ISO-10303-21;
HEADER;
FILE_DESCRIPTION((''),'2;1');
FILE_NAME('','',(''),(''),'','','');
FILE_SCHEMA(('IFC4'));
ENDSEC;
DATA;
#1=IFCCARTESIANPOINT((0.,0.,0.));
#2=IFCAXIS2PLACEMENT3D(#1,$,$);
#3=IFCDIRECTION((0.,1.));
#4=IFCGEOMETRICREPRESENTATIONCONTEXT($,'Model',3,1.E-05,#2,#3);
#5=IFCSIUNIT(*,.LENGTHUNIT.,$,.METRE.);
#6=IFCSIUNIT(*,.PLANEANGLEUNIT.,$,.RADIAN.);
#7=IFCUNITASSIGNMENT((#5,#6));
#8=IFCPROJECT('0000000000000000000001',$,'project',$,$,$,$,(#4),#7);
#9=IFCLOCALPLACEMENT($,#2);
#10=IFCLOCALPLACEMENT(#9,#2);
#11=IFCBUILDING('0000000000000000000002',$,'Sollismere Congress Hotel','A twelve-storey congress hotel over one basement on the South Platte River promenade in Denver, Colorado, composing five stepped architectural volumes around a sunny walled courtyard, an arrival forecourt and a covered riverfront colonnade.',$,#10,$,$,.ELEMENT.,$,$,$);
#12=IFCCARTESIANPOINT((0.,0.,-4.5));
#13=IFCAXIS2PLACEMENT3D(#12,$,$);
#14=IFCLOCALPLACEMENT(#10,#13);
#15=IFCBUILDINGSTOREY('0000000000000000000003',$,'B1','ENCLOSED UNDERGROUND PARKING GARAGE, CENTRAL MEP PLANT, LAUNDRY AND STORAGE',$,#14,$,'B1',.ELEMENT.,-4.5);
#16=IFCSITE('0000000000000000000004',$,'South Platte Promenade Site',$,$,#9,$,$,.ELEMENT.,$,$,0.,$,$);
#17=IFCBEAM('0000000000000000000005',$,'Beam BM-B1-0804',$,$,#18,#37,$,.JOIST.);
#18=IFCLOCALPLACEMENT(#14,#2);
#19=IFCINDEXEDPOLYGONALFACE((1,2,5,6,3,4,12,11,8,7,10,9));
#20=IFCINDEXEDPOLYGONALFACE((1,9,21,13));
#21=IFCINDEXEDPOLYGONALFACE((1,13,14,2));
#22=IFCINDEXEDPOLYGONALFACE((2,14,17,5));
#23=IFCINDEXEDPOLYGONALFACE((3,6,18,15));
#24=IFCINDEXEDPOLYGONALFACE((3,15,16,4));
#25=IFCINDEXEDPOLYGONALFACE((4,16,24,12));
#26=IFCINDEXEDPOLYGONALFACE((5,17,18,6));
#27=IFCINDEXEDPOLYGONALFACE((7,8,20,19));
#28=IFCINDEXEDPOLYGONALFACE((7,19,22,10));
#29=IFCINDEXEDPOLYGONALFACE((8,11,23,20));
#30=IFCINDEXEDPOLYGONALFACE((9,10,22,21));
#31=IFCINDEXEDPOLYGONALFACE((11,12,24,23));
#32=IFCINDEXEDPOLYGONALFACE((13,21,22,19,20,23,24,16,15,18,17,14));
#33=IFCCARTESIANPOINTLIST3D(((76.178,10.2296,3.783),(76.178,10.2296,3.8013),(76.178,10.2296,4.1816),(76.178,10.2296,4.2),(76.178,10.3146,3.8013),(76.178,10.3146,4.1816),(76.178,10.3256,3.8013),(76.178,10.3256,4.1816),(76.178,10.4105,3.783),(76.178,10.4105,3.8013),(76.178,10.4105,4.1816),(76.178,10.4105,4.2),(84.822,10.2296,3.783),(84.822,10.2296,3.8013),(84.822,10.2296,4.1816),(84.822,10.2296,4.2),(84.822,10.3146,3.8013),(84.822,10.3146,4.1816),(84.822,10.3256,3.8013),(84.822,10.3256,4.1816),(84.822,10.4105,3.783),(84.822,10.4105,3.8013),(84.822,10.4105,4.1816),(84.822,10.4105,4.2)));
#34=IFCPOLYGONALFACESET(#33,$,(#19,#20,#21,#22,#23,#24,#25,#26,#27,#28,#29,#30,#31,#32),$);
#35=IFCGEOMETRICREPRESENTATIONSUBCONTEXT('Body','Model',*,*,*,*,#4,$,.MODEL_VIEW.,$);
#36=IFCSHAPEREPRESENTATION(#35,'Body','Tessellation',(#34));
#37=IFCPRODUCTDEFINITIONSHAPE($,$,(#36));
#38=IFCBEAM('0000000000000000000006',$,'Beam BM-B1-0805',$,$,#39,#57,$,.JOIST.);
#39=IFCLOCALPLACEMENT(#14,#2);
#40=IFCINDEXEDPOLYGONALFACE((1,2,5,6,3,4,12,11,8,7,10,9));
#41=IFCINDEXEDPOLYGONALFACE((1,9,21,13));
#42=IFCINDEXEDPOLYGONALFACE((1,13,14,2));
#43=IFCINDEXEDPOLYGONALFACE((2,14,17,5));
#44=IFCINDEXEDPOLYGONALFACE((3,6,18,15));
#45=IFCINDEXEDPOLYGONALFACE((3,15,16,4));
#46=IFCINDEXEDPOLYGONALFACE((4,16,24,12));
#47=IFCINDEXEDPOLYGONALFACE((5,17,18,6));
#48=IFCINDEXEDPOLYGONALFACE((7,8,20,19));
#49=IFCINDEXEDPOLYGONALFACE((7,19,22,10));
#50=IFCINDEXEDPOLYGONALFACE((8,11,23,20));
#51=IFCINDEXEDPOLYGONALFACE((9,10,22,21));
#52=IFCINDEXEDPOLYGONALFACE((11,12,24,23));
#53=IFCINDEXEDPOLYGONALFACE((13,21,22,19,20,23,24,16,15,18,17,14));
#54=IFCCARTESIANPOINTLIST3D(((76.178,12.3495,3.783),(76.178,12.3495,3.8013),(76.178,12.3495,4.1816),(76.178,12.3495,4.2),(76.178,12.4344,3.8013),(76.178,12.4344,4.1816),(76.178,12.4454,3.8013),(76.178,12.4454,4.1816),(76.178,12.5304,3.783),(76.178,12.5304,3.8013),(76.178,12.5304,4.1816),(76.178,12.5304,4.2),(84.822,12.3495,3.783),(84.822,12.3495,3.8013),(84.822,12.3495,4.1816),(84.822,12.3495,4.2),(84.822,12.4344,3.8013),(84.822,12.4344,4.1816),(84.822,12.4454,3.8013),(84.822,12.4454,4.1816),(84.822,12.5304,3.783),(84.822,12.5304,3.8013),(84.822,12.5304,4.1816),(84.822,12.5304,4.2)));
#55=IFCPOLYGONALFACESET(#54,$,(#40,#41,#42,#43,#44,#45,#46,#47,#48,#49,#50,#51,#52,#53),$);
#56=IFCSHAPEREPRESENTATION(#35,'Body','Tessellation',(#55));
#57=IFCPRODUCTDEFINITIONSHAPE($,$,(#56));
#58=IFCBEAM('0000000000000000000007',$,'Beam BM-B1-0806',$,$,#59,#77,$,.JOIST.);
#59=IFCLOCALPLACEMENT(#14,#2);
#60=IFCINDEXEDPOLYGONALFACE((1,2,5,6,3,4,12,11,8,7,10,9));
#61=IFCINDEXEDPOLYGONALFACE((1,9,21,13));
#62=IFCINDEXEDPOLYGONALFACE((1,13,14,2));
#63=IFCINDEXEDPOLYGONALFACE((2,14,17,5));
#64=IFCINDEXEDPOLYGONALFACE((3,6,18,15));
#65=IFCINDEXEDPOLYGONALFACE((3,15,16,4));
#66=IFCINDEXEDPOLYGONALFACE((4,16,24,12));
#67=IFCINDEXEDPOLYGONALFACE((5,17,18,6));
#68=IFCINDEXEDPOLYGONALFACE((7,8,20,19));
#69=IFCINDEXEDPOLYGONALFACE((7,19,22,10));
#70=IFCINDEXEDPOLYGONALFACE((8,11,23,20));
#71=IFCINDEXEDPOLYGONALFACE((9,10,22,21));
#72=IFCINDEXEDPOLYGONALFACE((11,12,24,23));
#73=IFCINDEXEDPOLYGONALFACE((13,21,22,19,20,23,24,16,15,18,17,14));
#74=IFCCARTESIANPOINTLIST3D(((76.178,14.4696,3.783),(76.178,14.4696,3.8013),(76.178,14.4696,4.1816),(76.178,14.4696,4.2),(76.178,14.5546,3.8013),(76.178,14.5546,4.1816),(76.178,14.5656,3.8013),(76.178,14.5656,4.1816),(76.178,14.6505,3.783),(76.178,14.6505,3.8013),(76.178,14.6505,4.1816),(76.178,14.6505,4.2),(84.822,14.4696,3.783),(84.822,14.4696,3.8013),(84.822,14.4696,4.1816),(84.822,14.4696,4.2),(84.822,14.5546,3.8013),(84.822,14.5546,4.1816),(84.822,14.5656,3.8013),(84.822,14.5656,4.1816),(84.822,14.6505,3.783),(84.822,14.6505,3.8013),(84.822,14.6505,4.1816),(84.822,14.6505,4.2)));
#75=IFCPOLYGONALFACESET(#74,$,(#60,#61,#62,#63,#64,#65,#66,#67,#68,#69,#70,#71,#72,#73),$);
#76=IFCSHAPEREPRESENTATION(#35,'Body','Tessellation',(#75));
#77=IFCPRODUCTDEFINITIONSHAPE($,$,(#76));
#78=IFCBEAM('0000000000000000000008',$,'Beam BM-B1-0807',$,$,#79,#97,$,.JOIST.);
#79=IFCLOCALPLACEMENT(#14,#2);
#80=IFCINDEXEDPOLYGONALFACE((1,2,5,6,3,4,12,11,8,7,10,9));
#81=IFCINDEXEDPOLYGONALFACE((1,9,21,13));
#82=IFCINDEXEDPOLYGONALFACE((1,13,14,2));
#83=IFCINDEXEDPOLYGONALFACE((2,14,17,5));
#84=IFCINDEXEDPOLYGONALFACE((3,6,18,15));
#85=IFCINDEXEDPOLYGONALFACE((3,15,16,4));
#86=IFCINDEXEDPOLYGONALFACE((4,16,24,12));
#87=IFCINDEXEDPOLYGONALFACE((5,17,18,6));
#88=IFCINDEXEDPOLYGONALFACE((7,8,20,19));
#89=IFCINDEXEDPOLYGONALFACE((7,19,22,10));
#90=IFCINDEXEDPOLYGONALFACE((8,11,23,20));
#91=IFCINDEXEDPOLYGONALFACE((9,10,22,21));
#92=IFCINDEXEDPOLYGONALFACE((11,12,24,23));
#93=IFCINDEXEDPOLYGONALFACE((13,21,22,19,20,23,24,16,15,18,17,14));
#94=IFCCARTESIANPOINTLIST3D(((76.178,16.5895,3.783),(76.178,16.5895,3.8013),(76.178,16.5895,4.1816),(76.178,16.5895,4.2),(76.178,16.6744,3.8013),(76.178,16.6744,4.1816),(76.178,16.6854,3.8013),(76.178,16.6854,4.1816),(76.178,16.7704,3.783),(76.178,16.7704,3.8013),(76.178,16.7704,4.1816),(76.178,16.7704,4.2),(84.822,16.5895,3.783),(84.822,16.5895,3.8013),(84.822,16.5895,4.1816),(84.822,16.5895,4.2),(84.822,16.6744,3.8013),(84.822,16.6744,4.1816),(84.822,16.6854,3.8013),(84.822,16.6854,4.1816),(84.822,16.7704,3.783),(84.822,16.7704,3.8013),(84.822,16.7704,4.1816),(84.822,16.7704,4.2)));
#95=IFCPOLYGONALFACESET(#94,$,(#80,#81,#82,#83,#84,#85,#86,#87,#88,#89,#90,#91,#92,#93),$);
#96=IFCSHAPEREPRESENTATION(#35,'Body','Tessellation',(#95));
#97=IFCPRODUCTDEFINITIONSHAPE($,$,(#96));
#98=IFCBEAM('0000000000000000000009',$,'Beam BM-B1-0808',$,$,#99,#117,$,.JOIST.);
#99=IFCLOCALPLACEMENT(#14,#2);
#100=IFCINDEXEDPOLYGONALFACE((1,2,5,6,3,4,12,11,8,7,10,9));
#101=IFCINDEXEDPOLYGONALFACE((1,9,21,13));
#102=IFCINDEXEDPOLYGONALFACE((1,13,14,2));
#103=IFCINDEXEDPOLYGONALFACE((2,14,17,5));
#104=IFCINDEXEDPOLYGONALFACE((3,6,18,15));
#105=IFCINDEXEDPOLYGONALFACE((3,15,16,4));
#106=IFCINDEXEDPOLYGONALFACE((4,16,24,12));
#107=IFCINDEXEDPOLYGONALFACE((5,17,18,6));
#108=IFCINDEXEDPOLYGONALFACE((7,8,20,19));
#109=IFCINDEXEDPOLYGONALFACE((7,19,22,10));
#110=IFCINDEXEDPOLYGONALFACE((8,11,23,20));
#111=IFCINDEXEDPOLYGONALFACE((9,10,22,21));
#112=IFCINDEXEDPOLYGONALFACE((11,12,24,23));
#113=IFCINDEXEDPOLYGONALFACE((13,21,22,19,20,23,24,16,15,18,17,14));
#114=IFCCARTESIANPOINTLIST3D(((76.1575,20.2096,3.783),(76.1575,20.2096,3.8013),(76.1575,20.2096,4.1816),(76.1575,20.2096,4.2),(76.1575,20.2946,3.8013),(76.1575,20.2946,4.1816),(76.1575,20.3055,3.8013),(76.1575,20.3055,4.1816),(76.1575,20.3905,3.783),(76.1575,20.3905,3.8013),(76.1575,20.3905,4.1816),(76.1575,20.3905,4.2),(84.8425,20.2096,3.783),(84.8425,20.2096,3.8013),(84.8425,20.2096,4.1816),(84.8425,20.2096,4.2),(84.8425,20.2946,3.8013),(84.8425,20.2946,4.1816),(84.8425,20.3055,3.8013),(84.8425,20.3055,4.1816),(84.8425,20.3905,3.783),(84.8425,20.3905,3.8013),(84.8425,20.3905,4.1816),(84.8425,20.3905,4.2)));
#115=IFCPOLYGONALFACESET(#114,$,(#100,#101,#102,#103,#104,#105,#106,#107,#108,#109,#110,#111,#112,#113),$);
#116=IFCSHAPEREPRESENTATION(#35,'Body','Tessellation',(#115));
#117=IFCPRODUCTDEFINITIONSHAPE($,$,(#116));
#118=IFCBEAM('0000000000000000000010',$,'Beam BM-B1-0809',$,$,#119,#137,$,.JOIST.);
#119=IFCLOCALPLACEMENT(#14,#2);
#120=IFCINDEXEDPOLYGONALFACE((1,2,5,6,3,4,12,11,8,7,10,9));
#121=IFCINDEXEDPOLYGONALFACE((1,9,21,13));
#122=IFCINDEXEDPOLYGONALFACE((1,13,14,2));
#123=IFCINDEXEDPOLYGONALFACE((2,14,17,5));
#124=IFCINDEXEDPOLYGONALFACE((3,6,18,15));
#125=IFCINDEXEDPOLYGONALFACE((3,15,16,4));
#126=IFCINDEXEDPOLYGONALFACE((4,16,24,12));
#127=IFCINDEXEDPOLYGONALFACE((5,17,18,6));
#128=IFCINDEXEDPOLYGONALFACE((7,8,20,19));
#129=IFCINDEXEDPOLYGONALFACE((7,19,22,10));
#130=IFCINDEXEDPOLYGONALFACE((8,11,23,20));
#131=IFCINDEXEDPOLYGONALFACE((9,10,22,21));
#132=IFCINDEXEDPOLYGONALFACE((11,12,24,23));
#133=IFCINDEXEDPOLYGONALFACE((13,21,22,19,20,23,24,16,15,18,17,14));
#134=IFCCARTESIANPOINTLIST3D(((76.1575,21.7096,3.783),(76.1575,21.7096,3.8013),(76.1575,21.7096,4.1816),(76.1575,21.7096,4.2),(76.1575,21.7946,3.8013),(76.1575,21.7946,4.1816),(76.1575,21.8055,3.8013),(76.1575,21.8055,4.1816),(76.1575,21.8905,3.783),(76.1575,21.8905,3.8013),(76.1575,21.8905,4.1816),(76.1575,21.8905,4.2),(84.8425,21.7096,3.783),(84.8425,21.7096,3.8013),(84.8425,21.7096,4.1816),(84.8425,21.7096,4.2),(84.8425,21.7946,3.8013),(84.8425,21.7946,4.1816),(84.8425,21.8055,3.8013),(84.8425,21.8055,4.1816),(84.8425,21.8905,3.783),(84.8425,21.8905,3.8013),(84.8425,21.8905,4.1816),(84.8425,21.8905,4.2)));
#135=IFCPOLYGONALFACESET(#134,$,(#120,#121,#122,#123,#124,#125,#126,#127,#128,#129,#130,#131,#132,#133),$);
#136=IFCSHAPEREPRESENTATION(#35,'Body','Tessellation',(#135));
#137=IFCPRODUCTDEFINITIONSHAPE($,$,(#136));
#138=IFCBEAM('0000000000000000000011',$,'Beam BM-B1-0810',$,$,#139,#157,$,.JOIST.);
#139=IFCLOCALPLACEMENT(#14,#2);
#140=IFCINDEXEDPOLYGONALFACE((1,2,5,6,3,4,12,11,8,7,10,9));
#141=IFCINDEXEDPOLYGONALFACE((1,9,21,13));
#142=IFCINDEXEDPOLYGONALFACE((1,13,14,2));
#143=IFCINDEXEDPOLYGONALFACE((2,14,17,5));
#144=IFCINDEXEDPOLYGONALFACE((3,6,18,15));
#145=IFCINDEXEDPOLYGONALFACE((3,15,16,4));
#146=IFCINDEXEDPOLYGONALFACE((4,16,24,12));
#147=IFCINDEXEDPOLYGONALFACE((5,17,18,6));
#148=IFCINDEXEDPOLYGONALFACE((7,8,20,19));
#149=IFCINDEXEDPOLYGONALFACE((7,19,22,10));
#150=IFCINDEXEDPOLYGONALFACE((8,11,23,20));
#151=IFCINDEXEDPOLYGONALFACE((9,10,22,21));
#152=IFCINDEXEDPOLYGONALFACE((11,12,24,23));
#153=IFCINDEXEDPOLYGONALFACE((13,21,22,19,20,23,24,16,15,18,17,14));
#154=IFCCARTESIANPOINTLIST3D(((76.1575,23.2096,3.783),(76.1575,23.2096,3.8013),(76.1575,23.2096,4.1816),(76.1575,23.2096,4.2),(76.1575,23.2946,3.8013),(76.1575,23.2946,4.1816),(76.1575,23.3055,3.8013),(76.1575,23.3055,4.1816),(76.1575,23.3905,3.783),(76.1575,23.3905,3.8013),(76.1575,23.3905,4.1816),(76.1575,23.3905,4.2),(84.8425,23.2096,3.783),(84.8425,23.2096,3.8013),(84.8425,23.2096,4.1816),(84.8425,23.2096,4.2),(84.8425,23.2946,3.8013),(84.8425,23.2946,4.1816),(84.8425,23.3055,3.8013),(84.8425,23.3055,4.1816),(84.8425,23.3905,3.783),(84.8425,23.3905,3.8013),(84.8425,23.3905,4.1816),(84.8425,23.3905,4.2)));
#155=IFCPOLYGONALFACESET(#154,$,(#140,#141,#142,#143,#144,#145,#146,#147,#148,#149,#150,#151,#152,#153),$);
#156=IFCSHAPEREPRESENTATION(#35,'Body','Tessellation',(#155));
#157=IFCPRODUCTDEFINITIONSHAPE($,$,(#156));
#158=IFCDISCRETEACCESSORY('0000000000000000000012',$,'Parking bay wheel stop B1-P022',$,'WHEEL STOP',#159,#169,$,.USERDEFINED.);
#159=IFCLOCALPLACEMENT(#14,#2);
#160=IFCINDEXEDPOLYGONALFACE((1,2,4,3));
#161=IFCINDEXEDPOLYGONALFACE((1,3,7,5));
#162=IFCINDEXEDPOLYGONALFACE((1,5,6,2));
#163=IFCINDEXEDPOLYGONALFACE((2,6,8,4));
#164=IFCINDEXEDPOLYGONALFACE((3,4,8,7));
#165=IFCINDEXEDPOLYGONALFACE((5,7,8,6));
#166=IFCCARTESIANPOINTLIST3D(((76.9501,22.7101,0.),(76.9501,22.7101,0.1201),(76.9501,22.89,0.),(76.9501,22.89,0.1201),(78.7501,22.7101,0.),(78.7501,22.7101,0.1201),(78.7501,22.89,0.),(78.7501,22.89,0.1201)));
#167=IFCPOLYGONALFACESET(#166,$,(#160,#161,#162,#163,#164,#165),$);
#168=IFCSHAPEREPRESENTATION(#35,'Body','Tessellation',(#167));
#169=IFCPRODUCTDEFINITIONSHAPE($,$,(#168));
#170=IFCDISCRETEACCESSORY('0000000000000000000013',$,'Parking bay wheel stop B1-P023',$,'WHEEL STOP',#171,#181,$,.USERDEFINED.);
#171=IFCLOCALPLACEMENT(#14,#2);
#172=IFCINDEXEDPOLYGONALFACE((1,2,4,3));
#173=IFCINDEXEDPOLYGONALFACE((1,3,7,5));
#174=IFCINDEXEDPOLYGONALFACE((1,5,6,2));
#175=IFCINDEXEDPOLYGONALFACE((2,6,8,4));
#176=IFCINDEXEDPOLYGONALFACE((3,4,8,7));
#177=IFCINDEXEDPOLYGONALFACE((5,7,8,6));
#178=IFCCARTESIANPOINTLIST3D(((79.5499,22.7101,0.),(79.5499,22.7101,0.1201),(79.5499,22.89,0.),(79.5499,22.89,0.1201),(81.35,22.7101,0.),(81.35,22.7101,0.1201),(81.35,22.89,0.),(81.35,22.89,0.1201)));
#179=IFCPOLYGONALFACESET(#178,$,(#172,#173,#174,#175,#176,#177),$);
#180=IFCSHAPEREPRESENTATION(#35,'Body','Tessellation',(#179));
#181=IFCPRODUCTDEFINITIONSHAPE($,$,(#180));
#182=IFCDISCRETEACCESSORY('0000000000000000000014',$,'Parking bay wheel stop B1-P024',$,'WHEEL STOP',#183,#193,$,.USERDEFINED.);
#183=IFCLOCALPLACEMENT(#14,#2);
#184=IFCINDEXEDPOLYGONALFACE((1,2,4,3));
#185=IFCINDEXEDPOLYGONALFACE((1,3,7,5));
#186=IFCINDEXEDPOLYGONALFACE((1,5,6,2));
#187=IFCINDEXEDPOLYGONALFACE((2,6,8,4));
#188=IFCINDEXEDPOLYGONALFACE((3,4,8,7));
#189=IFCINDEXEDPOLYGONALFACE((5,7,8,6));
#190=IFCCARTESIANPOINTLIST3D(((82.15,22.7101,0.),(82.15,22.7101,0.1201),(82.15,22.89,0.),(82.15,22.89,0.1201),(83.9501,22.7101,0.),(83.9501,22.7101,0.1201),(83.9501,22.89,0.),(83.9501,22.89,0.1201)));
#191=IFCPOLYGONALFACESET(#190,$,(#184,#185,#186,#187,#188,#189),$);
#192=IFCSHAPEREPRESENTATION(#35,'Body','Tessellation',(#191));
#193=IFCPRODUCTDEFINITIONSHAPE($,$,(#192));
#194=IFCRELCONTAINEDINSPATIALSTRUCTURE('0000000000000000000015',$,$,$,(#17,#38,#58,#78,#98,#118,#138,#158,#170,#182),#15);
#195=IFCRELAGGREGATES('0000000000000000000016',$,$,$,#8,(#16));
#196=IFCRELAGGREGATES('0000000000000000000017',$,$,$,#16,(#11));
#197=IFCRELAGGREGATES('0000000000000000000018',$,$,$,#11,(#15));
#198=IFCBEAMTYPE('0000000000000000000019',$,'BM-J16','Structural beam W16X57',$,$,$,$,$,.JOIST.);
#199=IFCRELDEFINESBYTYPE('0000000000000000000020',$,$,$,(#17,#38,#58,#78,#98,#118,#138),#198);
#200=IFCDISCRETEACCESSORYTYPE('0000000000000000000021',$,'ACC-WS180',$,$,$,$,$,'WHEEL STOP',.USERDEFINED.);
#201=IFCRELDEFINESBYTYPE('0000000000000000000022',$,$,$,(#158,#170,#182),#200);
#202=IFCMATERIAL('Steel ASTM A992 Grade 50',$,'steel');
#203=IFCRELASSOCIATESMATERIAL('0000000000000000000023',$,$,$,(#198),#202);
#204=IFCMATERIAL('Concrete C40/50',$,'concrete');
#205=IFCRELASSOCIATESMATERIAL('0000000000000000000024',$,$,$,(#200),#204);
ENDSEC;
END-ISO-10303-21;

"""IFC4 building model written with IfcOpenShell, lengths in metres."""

from ifc_helpers import new_model, si_unit, direction, frame, origin, origin_2d, place, context, subcontext, project, spatial, rectangle, i_section, extrude, material, material_profile, profile_set, type_object, element, save


model = new_model("IFC4")

# Units and contexts
model_context = context("Model", 3, precision=1e-05, world=origin(), true_north=direction((0.0, 1.0)))
body_context = subcontext(model_context, "Body", "Model", "MODEL_VIEW")
ifc_project = project(units=[si_unit("LENGTHUNIT", "METRE"), si_unit("PLANEANGLEUNIT", "RADIAN")], contexts=[model_context])

# Site, building, storey
site_placement = place(None, origin())
site = spatial("IfcSite", under=ifc_project, at=site_placement, Name="South Platte Promenade Site", CompositionType="ELEMENT", RefElevation=0.0)
building_placement = place(site_placement, origin())
building = spatial("IfcBuilding", under=site, at=building_placement, Name="Sollismere Congress Hotel", Description="A twelve-storey congress hotel over one basement on the South Platte River promenade in Denver, Colorado, composing five stepped architectural volumes around a sunny walled courtyard, an arrival forecourt and a covered riverfront colonnade.", CompositionType="ELEMENT")
storey_placement = place(building_placement, frame((0.0, 0.0, -4.5)))
storey = spatial("IfcBuildingStorey", under=building, at=storey_placement, Name="B1", Description="ENCLOSED UNDERGROUND PARKING GARAGE, CENTRAL MEP PLANT, LAUNDRY AND STORAGE", LongName="B1", CompositionType="ELEMENT", Elevation=-4.5)

# Shared definitions
ifc_material_1 = material(Name="Concrete C40/50", Category="concrete")

# Beams
ifc_material_2 = material(Name="Steel ASTM A992 Grade 50", Category="steel")
ifc_material_profile_1 = material_profile(ifc_material_2, i_section(OverallWidth=0.1809, OverallDepth=0.417, WebThickness=0.011, FlangeThickness=0.0183, at=origin_2d()), Name="W16X57")
ifc_profile_set_1 = profile_set([ifc_material_profile_1], Name="Steel ASTM A992 Grade 50")
beam_type_1 = type_object("IfcBeamType", Name="BM-J16", Description="Structural beam W16X57", PredefinedType="JOIST", material=ifc_profile_set_1)
for number, where, z_axis, x_axis, name in (
    (1, (76.178, 10.3201, 3.9915), (1.0, 0.0, 0.0), (0.0, 1.0, 0.0), "Beam BM-B1-0804"),
    (2, (76.178, 12.4399, 3.9915), (1.0, 0.0, 0.0), (0.0, 1.0, 0.0), "Beam BM-B1-0805"),
    (3, (76.178, 14.5601, 3.9915), (1.0, 0.0, 0.0), (0.0, 1.0, 0.0), "Beam BM-B1-0806"),
    (4, (76.178, 16.6799, 3.9915), (1.0, 0.0, 0.0), (0.0, 1.0, 0.0), "Beam BM-B1-0807"),
):
    element("IfcBeam", number, at=place(storey_placement, frame(where, z_axis=z_axis, x_axis=x_axis)), inside=storey, type_object=beam_type_1, Name=name, PredefinedType="JOIST", context=body_context, shape_type="SweptSolid", body=[
        extrude(i_section(OverallWidth=0.1809, OverallDepth=0.417, WebThickness=0.011, FlangeThickness=0.0183, at=origin_2d()), origin(), (0.0, 0.0, 1.0), 8.644),
    ])
for number, where, z_axis, x_axis, name in (
    (5, (76.1575, 20.3, 3.9915), (1.0, 0.0, 0.0), (0.0, 1.0, 0.0), "Beam BM-B1-0808"),
    (6, (76.1575, 21.8, 3.9915), (1.0, 0.0, 0.0), (0.0, 1.0, 0.0), "Beam BM-B1-0809"),
    (7, (76.1575, 23.3, 3.9915), (1.0, 0.0, 0.0), (0.0, 1.0, 0.0), "Beam BM-B1-0810"),
):
    element("IfcBeam", number, at=place(storey_placement, frame(where, z_axis=z_axis, x_axis=x_axis)), inside=storey, type_object=beam_type_1, Name=name, PredefinedType="JOIST", context=body_context, shape_type="SweptSolid", body=[
        extrude(i_section(OverallWidth=0.1809, OverallDepth=0.417, WebThickness=0.011, FlangeThickness=0.0183, at=origin_2d()), origin(), (0.0, 0.0, 1.0), 8.6851),
    ])

# Discrete accessories
discrete_accessory_type = type_object("IfcDiscreteAccessoryType", Name="ACC-WS180", ElementType="WHEEL STOP", PredefinedType="USERDEFINED", material=ifc_material_1)
for number, where, z_axis, x_axis, name in (
    (8, (77.8501, 22.8, 0.0), (0.0, 0.0, 1.0), (1.0, 0.0, 0.0), "Parking bay wheel stop B1-P022"),
    (9, (80.45, 22.8, 0.0), (0.0, 0.0, 1.0), (1.0, 0.0, 0.0), "Parking bay wheel stop B1-P023"),
    (10, (83.05, 22.8, 0.0), (0.0, 0.0, 1.0), (1.0, 0.0, 0.0), "Parking bay wheel stop B1-P024"),
):
    element("IfcDiscreteAccessory", number, at=place(storey_placement, frame(where, z_axis=z_axis, x_axis=x_axis)), inside=storey, type_object=discrete_accessory_type, Name=name, ObjectType="WHEEL STOP", PredefinedType="USERDEFINED", context=body_context, shape_type="SweptSolid", body=[
        extrude(rectangle(XDim=1.8, YDim=0.1799, at=origin_2d()), origin(), (0.0, 0.0, 1.0), 0.1201),
    ])

save(model, "model.ifc")
